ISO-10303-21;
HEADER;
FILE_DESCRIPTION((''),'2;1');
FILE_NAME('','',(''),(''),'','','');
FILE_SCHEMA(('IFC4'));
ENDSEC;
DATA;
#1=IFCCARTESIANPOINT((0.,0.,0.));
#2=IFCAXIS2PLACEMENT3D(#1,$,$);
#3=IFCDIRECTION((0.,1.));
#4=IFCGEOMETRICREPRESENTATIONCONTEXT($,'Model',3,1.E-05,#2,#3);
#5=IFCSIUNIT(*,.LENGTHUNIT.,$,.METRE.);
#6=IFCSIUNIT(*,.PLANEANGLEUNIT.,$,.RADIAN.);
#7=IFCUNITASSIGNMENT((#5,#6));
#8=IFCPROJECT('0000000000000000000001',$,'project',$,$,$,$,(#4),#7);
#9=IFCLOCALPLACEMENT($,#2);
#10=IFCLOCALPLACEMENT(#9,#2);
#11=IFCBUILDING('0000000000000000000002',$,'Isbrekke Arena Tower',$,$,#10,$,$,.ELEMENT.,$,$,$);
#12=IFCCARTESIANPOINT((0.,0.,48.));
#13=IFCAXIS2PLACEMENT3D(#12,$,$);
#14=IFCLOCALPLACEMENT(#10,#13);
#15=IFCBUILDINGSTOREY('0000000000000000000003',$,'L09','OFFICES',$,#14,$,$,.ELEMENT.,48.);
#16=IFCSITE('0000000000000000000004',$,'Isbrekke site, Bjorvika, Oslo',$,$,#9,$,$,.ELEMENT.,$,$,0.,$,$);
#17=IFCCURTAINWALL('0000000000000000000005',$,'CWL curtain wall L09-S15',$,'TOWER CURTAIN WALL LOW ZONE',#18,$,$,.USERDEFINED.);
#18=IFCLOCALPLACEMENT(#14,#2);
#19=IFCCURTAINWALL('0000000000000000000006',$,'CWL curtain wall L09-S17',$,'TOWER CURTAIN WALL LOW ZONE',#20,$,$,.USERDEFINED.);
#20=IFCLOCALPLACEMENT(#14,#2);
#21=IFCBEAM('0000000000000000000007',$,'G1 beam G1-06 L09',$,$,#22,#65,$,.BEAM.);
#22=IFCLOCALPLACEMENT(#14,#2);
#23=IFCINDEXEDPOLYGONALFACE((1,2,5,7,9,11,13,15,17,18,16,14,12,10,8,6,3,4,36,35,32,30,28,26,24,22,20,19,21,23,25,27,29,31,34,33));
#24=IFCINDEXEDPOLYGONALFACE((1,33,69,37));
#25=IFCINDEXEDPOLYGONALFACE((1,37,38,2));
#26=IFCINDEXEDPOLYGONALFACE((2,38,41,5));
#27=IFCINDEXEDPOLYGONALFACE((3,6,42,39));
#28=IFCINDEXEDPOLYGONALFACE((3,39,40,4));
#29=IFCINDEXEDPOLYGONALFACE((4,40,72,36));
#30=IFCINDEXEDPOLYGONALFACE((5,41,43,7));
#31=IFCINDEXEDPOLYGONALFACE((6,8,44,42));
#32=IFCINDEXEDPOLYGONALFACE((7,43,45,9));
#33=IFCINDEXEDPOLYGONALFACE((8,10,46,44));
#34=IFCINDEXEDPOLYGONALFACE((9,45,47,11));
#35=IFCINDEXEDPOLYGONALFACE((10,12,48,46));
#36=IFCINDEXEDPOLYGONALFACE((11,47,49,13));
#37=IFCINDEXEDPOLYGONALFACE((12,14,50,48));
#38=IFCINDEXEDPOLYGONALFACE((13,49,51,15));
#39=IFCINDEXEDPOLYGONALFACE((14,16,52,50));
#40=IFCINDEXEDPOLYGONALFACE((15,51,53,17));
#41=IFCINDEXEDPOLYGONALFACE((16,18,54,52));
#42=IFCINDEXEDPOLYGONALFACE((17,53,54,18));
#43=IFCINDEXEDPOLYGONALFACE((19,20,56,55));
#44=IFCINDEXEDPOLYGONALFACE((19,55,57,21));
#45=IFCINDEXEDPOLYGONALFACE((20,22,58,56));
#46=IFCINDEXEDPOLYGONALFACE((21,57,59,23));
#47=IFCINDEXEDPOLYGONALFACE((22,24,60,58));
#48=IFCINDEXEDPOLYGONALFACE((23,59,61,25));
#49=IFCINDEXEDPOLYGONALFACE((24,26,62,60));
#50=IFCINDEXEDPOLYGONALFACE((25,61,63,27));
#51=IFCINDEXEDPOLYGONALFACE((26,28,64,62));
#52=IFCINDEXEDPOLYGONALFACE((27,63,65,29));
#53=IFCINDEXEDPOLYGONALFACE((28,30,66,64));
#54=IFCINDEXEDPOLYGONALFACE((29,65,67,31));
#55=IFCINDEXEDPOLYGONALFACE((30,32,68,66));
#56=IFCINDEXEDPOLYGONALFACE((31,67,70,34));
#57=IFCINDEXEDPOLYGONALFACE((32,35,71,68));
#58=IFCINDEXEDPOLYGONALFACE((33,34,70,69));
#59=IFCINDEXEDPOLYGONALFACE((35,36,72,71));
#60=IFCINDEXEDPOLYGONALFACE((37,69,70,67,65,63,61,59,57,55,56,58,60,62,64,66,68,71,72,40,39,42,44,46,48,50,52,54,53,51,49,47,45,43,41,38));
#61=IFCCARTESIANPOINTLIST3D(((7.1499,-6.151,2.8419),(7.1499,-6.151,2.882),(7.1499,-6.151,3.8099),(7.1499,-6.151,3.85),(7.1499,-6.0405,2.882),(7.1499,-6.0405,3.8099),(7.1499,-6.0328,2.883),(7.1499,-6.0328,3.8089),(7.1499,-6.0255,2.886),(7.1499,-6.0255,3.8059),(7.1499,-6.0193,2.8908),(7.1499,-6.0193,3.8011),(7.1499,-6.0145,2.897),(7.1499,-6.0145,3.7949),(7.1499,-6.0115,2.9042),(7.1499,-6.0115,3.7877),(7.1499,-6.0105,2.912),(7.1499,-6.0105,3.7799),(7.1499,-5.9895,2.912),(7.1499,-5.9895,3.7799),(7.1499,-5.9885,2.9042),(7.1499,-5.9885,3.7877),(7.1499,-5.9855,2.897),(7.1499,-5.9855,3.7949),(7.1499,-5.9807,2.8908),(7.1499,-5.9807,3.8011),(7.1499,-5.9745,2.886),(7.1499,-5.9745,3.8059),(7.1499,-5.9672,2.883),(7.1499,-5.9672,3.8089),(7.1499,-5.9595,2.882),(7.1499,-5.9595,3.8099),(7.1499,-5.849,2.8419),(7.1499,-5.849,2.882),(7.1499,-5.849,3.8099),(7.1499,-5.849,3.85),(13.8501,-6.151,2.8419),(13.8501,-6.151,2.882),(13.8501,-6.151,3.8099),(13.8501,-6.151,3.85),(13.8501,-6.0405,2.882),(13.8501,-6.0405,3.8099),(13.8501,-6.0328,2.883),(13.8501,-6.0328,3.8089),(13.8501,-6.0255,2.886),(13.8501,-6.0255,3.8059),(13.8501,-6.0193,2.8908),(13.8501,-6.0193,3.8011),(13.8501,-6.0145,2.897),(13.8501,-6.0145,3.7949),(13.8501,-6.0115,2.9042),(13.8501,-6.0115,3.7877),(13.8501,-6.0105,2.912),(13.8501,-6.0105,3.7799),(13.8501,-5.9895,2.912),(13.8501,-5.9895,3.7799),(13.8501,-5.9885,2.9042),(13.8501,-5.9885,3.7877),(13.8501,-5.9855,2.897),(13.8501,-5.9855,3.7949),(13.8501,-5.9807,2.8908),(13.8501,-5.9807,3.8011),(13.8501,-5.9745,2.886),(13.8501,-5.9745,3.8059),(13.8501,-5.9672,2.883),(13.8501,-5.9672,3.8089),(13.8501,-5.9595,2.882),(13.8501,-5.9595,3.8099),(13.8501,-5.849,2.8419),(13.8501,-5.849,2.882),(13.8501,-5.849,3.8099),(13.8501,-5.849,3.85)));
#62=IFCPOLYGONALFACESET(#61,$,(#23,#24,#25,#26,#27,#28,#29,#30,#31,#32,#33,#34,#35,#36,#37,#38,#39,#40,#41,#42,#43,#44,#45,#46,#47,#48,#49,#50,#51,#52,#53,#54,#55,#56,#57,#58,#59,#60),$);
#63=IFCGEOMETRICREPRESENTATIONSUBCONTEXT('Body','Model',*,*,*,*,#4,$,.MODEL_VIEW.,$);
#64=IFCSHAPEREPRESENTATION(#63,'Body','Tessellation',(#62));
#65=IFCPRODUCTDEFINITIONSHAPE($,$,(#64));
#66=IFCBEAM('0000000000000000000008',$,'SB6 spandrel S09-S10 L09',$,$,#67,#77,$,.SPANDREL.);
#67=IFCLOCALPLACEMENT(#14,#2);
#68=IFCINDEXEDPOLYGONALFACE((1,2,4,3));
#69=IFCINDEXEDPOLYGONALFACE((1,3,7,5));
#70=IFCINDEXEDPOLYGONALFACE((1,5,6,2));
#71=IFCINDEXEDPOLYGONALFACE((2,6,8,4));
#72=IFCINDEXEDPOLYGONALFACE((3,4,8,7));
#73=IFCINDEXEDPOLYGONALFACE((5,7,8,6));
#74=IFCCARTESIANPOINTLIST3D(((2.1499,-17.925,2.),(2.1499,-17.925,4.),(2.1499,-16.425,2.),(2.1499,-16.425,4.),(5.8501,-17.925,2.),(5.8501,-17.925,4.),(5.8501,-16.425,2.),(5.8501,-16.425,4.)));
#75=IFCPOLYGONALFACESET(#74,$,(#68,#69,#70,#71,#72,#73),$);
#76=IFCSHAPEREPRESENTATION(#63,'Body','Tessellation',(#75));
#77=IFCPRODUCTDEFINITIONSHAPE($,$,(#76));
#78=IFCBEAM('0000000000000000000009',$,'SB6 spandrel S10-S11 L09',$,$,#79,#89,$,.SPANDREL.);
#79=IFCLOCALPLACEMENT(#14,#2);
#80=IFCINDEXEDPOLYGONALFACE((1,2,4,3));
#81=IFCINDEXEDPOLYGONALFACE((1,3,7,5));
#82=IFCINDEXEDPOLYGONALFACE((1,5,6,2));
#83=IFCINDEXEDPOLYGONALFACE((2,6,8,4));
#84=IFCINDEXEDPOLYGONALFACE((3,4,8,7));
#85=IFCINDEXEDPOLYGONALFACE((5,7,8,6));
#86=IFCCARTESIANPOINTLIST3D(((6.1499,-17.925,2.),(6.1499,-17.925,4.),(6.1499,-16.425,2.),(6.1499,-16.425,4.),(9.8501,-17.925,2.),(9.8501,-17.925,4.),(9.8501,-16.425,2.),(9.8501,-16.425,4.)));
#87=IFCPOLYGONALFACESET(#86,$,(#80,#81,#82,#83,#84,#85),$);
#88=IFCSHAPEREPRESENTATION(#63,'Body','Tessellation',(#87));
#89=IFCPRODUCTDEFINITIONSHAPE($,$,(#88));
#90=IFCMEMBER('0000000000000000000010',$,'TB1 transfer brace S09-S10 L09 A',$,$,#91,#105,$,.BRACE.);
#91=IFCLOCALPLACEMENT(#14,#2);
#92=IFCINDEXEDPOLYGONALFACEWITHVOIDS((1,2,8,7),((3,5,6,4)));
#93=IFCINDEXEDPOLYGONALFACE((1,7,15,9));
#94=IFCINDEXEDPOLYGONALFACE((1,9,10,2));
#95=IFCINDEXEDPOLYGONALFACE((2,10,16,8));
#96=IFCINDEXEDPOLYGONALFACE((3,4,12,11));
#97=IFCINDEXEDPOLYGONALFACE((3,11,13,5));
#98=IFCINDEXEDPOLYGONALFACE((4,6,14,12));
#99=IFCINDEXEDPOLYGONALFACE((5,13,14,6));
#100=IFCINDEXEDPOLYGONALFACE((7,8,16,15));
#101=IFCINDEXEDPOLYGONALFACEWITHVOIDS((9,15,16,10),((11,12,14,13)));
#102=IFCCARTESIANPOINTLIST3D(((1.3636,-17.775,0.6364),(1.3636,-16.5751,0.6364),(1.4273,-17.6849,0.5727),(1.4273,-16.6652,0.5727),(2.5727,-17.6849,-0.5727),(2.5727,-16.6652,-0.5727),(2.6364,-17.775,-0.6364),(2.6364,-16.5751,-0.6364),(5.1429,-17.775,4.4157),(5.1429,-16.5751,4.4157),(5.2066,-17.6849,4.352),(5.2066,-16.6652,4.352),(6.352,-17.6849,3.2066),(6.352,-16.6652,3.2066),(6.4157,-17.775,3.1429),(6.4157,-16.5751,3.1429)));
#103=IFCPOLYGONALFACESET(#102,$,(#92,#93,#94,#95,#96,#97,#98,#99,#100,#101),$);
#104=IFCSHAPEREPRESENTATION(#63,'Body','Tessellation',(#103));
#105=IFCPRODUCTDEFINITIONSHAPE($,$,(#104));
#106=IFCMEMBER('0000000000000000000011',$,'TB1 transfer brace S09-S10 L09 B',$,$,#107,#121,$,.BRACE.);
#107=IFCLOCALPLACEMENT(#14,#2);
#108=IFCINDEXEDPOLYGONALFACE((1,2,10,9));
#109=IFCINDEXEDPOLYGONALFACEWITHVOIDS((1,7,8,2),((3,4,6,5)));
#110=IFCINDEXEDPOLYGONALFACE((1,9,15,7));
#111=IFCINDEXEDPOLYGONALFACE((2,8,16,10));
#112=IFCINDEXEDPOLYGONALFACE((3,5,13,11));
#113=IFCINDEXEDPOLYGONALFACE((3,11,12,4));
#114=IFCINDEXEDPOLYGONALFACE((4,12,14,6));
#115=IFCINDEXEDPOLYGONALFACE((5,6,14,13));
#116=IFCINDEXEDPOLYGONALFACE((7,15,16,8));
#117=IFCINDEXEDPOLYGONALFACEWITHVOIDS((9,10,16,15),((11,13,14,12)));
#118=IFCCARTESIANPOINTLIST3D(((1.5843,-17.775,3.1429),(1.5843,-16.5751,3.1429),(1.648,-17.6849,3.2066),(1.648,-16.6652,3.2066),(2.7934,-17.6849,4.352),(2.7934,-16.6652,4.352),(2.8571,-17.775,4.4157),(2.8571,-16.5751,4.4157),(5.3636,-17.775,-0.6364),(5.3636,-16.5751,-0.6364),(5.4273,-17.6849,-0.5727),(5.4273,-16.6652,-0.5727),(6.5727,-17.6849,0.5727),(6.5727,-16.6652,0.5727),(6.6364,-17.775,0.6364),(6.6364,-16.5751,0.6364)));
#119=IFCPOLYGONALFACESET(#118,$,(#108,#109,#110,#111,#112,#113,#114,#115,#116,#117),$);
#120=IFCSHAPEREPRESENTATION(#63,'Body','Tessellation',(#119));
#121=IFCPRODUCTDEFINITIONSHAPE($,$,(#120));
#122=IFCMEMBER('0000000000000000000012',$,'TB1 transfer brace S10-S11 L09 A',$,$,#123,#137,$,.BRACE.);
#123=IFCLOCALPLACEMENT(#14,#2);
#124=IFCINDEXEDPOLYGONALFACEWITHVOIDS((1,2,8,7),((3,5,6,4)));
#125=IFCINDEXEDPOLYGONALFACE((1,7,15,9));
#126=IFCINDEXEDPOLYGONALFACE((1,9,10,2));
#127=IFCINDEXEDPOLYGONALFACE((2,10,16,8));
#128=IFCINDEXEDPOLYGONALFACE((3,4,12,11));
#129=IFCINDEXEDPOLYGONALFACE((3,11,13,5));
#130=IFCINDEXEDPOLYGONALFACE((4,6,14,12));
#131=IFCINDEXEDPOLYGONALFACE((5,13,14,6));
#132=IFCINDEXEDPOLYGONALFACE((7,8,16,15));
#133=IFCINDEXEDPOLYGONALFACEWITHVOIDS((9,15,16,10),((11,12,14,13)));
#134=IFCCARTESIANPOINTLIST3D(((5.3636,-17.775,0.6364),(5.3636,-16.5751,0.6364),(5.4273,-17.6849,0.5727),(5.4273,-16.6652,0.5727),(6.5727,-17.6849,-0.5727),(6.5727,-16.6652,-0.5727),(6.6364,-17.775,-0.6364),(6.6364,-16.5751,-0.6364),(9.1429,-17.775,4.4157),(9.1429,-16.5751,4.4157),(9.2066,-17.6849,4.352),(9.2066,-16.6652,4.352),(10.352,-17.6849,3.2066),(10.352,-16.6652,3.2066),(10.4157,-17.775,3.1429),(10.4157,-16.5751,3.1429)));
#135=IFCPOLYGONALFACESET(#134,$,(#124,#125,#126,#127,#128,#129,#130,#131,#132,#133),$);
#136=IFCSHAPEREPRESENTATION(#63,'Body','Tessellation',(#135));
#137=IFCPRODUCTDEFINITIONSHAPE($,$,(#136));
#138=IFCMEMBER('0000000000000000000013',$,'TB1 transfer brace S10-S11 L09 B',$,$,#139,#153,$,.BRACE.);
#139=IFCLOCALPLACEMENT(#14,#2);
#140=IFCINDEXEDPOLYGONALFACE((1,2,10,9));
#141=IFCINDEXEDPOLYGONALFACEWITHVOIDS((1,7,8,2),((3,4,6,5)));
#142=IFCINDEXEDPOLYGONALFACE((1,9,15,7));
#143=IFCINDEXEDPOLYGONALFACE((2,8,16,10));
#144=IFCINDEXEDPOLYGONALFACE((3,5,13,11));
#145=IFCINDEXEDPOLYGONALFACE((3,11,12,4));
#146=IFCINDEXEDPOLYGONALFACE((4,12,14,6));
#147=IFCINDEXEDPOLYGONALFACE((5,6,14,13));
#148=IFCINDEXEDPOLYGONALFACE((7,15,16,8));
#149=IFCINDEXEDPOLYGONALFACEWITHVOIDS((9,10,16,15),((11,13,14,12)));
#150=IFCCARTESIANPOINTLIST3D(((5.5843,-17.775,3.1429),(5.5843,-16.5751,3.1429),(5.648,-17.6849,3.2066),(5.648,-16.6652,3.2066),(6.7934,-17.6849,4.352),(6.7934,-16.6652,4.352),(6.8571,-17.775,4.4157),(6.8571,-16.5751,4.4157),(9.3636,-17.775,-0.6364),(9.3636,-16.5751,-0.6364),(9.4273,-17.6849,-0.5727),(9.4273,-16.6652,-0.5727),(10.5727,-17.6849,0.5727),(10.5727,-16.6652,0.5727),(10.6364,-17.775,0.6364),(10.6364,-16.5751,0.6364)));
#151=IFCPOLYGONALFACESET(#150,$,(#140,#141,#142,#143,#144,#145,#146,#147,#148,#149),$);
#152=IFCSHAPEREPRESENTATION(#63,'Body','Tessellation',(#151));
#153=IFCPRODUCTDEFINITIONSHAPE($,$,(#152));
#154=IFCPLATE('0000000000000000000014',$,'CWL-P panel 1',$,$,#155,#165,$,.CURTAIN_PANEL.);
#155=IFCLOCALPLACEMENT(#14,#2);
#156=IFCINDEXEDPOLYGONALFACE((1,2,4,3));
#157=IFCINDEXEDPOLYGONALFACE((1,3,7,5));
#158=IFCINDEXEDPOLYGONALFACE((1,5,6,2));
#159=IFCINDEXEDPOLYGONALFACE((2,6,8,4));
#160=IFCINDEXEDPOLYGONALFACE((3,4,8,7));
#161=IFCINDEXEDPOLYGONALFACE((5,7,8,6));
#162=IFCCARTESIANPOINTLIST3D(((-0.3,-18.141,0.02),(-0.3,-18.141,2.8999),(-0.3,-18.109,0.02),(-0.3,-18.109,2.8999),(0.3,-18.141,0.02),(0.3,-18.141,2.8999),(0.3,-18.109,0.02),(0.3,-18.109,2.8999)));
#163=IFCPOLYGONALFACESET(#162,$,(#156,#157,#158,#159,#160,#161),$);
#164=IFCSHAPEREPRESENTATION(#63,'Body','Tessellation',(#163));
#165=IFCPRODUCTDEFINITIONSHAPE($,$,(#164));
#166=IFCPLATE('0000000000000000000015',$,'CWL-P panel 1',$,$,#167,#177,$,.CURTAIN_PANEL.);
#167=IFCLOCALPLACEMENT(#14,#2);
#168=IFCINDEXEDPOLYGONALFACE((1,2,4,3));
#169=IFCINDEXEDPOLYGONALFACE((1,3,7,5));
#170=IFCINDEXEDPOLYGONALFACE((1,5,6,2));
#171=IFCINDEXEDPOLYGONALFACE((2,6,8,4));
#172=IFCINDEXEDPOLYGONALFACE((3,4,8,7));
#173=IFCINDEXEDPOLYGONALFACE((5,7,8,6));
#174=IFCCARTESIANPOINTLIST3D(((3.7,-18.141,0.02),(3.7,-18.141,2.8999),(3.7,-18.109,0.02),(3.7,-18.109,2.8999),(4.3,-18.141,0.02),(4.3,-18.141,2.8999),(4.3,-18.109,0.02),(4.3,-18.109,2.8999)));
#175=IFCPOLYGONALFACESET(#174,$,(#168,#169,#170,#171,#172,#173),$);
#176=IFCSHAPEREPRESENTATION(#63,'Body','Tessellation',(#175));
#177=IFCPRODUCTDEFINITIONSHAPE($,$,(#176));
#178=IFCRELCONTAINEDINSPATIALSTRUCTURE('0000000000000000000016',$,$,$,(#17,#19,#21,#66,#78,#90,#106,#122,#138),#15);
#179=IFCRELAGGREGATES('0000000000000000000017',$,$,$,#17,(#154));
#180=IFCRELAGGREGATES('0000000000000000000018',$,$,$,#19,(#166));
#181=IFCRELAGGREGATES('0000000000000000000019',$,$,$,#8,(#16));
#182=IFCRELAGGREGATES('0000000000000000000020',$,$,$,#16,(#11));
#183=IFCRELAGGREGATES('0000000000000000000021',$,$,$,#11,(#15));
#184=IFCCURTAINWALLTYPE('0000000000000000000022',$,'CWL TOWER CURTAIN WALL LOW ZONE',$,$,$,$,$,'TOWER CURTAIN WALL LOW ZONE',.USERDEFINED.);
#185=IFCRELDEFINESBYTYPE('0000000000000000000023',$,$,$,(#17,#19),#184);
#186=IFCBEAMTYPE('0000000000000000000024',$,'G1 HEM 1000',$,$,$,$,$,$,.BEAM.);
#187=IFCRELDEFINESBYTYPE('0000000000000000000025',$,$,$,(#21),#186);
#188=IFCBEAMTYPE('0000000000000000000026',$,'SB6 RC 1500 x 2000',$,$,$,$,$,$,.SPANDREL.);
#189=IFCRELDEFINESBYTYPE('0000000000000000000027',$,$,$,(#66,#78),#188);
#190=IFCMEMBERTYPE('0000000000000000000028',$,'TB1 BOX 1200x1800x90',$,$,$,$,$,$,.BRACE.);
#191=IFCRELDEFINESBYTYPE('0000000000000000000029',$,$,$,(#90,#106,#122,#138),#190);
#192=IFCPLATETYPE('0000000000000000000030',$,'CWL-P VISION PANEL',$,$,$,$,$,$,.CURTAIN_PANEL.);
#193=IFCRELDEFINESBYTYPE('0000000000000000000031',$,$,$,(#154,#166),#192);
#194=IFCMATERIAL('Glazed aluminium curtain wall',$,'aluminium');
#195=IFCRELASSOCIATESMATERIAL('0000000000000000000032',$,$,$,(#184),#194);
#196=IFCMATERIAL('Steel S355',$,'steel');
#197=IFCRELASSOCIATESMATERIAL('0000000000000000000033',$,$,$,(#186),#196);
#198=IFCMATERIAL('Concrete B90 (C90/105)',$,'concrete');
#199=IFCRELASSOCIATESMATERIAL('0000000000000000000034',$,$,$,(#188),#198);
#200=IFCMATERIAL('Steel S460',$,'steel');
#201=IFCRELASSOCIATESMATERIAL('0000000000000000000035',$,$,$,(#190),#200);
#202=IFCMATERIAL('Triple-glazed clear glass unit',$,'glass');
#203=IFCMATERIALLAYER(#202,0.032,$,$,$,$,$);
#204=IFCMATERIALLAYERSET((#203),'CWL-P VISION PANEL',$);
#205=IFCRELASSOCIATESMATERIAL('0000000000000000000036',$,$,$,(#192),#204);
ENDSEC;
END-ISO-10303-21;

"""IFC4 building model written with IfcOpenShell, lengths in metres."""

from ifc_helpers import new_model, si_unit, direction, frame, origin, origin_2d, place, context, subcontext, project, spatial, rectangle, hollow_rectangle, i_section, extrude, material, layer, layer_set, material_profile, profile_set, type_object, element, aggregate, save


model = new_model("IFC4")

# Units and contexts
model_context = context("Model", 3, precision=1e-05, world=origin(), true_north=direction((0.0, 1.0)))
body_context = subcontext(model_context, "Body", "Model", "MODEL_VIEW")
ifc_project = project(units=[si_unit("LENGTHUNIT", "METRE"), si_unit("PLANEANGLEUNIT", "RADIAN")], contexts=[model_context])

# Site, building, storey
site_placement = place(None, origin())
site = spatial("IfcSite", under=ifc_project, at=site_placement, Name="Isbrekke site, Bjorvika, Oslo", CompositionType="ELEMENT", RefElevation=0.0)
building_placement = place(site_placement, origin())
building = spatial("IfcBuilding", under=site, at=building_placement, Name="Isbrekke Arena Tower", CompositionType="ELEMENT")
storey_placement = place(building_placement, frame((0.0, 0.0, 48.0)))
storey = spatial("IfcBuildingStorey", under=building, at=storey_placement, Name="L09", Description="OFFICES", CompositionType="ELEMENT", Elevation=48.0)

# Curtain walls
ifc_material_1 = material(Name="Glazed aluminium curtain wall", Category="aluminium")
curtain_wall_type = type_object("IfcCurtainWallType", Name="CWL TOWER CURTAIN WALL LOW ZONE", ElementType="TOWER CURTAIN WALL LOW ZONE", PredefinedType="USERDEFINED", material=ifc_material_1)
curtain_wall_1_placement = place(storey_placement, origin())
curtain_wall_1 = element("IfcCurtainWall", 1, at=curtain_wall_1_placement, inside=storey, type_object=curtain_wall_type, Name="CWL curtain wall L09-S15", ObjectType="TOWER CURTAIN WALL LOW ZONE", PredefinedType="USERDEFINED")
curtain_wall_2_placement = place(storey_placement, origin())
curtain_wall_2 = element("IfcCurtainWall", 2, at=curtain_wall_2_placement, inside=storey, type_object=curtain_wall_type, Name="CWL curtain wall L09-S17", ObjectType="TOWER CURTAIN WALL LOW ZONE", PredefinedType="USERDEFINED")

# Beams
ifc_material_2 = material(Name="Steel S355", Category="steel")
ifc_material_profile_1 = material_profile(ifc_material_2, i_section(OverallWidth=0.302, OverallDepth=1.0081, WebThickness=0.021, FlangeThickness=0.04, FilletRadius=0.03, at=origin_2d()), Name="HEM 1000")
ifc_profile_set_1 = profile_set([ifc_material_profile_1], Name="Steel S355")
beam_type_1 = type_object("IfcBeamType", Name="G1 HEM 1000", PredefinedType="BEAM", material=ifc_profile_set_1)
for number, where, z_axis, x_axis, name in (
    (3, (7.1499, -6.0, 3.3459), (1.0, 0.0, 0.0), (0.0, 1.0, 0.0), "G1 beam G1-06 L09"),
):
    element("IfcBeam", number, at=place(storey_placement, frame(where, z_axis=z_axis, x_axis=x_axis)), inside=storey, type_object=beam_type_1, Name=name, PredefinedType="BEAM", context=body_context, shape_type="SweptSolid", body=[
        extrude(i_section(OverallWidth=0.302, OverallDepth=1.0081, WebThickness=0.021, FlangeThickness=0.04, FilletRadius=0.03, at=origin_2d()), origin(), (0.0, 0.0, 1.0), 6.7002),
    ])
ifc_material_3 = material(Name="Concrete B90 (C90/105)", Category="concrete")
ifc_material_profile_2 = material_profile(ifc_material_3, rectangle(XDim=1.5, YDim=2.0, at=origin_2d()), Name="RC 1500x2000")
ifc_profile_set_2 = profile_set([ifc_material_profile_2], Name="Concrete B90 (C90/105)")
beam_type_2 = type_object("IfcBeamType", Name="SB6 RC 1500 x 2000", PredefinedType="SPANDREL", material=ifc_profile_set_2)
for number, where, z_axis, x_axis, name in (
    (4, (2.1499, -17.175, 3.0), (1.0, 0.0, 0.0), (0.0, 1.0, 0.0), "SB6 spandrel S09-S10 L09"),
    (5, (6.1499, -17.175, 3.0), (1.0, 0.0, 0.0), (0.0, 1.0, 0.0), "SB6 spandrel S10-S11 L09"),
):
    element("IfcBeam", number, at=place(storey_placement, frame(where, z_axis=z_axis, x_axis=x_axis)), inside=storey, type_object=beam_type_2, Name=name, PredefinedType="SPANDREL", context=body_context, shape_type="SweptSolid", body=[
        extrude(rectangle(XDim=1.5, YDim=2.0, at=origin_2d()), origin(), (0.0, 0.0, 1.0), 3.7002),
    ])

# Members
ifc_material_4 = material(Name="Steel S460", Category="steel")
ifc_material_profile_3 = material_profile(ifc_material_4, hollow_rectangle(XDim=1.2, YDim=1.8, WallThickness=0.0901, at=origin_2d()), Name="BOX 1200x1800x90")
ifc_profile_set_3 = profile_set([ifc_material_profile_3], Name="Steel S460")
member_type_1 = type_object("IfcMemberType", Name="TB1 BOX 1200x1800x90", PredefinedType="BRACE", material=ifc_profile_set_3)
for number, where, z_axis, x_axis, name in (
    (6, (2.0, -17.175, 0.0), (0.707107, 0.0, 0.707107), (0.0, 1.0, 0.0), "TB1 transfer brace S09-S10 L09 A"),
    (7, (2.2207, -17.175, 3.7793), (0.707107, 0.0, -0.707107), (0.0, 1.0, 0.0), "TB1 transfer brace S09-S10 L09 B"),
    (8, (6.0, -17.175, 0.0), (0.707107, 0.0, 0.707107), (0.0, 1.0, 0.0), "TB1 transfer brace S10-S11 L09 A"),
    (9, (6.2207, -17.175, 3.7793), (0.707107, 0.0, -0.707107), (0.0, 1.0, 0.0), "TB1 transfer brace S10-S11 L09 B"),
):
    element("IfcMember", number, at=place(storey_placement, frame(where, z_axis=z_axis, x_axis=x_axis)), inside=storey, type_object=member_type_1, Name=name, PredefinedType="BRACE", context=body_context, shape_type="SweptSolid", body=[
        extrude(hollow_rectangle(XDim=1.2, YDim=1.8, WallThickness=0.0901, at=origin_2d()), origin(), (0.0, 0.0, 1.0), 5.3447),
    ])

# Plates
ifc_material_5 = material(Name="Triple-glazed clear glass unit", Category="glass")
ifc_layer_1 = layer(ifc_material_5, 0.032)
ifc_layer_set_1 = layer_set([ifc_layer_1], Name="CWL-P VISION PANEL")
plate_type = type_object("IfcPlateType", Name="CWL-P VISION PANEL", PredefinedType="CURTAIN_PANEL", material=ifc_layer_set_1)
plate_1_placement = place(storey_placement, frame((0.0, -18.125, 0.02), z_axis=(0.0, 0.0, 1.0), x_axis=(1.0, 0.0, 0.0)))
plate_1 = element("IfcPlate", 10, at=plate_1_placement, type_object=plate_type, Name="CWL-P panel 1", PredefinedType="CURTAIN_PANEL", context=body_context, shape_type="SweptSolid", body=[
    extrude(rectangle(XDim=0.6001, YDim=0.032, at=origin_2d()), origin(), (0.0, 0.0, 1.0), 2.8799),
])
aggregate(curtain_wall_1, [plate_1])
plate_2_placement = place(storey_placement, frame((4.0, -18.125, 0.02), z_axis=(0.0, 0.0, 1.0), x_axis=(1.0, 0.0, 0.0)))
plate_2 = element("IfcPlate", 11, at=plate_2_placement, type_object=plate_type, Name="CWL-P panel 1", PredefinedType="CURTAIN_PANEL", context=body_context, shape_type="SweptSolid", body=[
    extrude(rectangle(XDim=0.6001, YDim=0.032, at=origin_2d()), origin(), (0.0, 0.0, 1.0), 2.8799),
])
aggregate(curtain_wall_2, [plate_2])

save(model, "model.ifc")
